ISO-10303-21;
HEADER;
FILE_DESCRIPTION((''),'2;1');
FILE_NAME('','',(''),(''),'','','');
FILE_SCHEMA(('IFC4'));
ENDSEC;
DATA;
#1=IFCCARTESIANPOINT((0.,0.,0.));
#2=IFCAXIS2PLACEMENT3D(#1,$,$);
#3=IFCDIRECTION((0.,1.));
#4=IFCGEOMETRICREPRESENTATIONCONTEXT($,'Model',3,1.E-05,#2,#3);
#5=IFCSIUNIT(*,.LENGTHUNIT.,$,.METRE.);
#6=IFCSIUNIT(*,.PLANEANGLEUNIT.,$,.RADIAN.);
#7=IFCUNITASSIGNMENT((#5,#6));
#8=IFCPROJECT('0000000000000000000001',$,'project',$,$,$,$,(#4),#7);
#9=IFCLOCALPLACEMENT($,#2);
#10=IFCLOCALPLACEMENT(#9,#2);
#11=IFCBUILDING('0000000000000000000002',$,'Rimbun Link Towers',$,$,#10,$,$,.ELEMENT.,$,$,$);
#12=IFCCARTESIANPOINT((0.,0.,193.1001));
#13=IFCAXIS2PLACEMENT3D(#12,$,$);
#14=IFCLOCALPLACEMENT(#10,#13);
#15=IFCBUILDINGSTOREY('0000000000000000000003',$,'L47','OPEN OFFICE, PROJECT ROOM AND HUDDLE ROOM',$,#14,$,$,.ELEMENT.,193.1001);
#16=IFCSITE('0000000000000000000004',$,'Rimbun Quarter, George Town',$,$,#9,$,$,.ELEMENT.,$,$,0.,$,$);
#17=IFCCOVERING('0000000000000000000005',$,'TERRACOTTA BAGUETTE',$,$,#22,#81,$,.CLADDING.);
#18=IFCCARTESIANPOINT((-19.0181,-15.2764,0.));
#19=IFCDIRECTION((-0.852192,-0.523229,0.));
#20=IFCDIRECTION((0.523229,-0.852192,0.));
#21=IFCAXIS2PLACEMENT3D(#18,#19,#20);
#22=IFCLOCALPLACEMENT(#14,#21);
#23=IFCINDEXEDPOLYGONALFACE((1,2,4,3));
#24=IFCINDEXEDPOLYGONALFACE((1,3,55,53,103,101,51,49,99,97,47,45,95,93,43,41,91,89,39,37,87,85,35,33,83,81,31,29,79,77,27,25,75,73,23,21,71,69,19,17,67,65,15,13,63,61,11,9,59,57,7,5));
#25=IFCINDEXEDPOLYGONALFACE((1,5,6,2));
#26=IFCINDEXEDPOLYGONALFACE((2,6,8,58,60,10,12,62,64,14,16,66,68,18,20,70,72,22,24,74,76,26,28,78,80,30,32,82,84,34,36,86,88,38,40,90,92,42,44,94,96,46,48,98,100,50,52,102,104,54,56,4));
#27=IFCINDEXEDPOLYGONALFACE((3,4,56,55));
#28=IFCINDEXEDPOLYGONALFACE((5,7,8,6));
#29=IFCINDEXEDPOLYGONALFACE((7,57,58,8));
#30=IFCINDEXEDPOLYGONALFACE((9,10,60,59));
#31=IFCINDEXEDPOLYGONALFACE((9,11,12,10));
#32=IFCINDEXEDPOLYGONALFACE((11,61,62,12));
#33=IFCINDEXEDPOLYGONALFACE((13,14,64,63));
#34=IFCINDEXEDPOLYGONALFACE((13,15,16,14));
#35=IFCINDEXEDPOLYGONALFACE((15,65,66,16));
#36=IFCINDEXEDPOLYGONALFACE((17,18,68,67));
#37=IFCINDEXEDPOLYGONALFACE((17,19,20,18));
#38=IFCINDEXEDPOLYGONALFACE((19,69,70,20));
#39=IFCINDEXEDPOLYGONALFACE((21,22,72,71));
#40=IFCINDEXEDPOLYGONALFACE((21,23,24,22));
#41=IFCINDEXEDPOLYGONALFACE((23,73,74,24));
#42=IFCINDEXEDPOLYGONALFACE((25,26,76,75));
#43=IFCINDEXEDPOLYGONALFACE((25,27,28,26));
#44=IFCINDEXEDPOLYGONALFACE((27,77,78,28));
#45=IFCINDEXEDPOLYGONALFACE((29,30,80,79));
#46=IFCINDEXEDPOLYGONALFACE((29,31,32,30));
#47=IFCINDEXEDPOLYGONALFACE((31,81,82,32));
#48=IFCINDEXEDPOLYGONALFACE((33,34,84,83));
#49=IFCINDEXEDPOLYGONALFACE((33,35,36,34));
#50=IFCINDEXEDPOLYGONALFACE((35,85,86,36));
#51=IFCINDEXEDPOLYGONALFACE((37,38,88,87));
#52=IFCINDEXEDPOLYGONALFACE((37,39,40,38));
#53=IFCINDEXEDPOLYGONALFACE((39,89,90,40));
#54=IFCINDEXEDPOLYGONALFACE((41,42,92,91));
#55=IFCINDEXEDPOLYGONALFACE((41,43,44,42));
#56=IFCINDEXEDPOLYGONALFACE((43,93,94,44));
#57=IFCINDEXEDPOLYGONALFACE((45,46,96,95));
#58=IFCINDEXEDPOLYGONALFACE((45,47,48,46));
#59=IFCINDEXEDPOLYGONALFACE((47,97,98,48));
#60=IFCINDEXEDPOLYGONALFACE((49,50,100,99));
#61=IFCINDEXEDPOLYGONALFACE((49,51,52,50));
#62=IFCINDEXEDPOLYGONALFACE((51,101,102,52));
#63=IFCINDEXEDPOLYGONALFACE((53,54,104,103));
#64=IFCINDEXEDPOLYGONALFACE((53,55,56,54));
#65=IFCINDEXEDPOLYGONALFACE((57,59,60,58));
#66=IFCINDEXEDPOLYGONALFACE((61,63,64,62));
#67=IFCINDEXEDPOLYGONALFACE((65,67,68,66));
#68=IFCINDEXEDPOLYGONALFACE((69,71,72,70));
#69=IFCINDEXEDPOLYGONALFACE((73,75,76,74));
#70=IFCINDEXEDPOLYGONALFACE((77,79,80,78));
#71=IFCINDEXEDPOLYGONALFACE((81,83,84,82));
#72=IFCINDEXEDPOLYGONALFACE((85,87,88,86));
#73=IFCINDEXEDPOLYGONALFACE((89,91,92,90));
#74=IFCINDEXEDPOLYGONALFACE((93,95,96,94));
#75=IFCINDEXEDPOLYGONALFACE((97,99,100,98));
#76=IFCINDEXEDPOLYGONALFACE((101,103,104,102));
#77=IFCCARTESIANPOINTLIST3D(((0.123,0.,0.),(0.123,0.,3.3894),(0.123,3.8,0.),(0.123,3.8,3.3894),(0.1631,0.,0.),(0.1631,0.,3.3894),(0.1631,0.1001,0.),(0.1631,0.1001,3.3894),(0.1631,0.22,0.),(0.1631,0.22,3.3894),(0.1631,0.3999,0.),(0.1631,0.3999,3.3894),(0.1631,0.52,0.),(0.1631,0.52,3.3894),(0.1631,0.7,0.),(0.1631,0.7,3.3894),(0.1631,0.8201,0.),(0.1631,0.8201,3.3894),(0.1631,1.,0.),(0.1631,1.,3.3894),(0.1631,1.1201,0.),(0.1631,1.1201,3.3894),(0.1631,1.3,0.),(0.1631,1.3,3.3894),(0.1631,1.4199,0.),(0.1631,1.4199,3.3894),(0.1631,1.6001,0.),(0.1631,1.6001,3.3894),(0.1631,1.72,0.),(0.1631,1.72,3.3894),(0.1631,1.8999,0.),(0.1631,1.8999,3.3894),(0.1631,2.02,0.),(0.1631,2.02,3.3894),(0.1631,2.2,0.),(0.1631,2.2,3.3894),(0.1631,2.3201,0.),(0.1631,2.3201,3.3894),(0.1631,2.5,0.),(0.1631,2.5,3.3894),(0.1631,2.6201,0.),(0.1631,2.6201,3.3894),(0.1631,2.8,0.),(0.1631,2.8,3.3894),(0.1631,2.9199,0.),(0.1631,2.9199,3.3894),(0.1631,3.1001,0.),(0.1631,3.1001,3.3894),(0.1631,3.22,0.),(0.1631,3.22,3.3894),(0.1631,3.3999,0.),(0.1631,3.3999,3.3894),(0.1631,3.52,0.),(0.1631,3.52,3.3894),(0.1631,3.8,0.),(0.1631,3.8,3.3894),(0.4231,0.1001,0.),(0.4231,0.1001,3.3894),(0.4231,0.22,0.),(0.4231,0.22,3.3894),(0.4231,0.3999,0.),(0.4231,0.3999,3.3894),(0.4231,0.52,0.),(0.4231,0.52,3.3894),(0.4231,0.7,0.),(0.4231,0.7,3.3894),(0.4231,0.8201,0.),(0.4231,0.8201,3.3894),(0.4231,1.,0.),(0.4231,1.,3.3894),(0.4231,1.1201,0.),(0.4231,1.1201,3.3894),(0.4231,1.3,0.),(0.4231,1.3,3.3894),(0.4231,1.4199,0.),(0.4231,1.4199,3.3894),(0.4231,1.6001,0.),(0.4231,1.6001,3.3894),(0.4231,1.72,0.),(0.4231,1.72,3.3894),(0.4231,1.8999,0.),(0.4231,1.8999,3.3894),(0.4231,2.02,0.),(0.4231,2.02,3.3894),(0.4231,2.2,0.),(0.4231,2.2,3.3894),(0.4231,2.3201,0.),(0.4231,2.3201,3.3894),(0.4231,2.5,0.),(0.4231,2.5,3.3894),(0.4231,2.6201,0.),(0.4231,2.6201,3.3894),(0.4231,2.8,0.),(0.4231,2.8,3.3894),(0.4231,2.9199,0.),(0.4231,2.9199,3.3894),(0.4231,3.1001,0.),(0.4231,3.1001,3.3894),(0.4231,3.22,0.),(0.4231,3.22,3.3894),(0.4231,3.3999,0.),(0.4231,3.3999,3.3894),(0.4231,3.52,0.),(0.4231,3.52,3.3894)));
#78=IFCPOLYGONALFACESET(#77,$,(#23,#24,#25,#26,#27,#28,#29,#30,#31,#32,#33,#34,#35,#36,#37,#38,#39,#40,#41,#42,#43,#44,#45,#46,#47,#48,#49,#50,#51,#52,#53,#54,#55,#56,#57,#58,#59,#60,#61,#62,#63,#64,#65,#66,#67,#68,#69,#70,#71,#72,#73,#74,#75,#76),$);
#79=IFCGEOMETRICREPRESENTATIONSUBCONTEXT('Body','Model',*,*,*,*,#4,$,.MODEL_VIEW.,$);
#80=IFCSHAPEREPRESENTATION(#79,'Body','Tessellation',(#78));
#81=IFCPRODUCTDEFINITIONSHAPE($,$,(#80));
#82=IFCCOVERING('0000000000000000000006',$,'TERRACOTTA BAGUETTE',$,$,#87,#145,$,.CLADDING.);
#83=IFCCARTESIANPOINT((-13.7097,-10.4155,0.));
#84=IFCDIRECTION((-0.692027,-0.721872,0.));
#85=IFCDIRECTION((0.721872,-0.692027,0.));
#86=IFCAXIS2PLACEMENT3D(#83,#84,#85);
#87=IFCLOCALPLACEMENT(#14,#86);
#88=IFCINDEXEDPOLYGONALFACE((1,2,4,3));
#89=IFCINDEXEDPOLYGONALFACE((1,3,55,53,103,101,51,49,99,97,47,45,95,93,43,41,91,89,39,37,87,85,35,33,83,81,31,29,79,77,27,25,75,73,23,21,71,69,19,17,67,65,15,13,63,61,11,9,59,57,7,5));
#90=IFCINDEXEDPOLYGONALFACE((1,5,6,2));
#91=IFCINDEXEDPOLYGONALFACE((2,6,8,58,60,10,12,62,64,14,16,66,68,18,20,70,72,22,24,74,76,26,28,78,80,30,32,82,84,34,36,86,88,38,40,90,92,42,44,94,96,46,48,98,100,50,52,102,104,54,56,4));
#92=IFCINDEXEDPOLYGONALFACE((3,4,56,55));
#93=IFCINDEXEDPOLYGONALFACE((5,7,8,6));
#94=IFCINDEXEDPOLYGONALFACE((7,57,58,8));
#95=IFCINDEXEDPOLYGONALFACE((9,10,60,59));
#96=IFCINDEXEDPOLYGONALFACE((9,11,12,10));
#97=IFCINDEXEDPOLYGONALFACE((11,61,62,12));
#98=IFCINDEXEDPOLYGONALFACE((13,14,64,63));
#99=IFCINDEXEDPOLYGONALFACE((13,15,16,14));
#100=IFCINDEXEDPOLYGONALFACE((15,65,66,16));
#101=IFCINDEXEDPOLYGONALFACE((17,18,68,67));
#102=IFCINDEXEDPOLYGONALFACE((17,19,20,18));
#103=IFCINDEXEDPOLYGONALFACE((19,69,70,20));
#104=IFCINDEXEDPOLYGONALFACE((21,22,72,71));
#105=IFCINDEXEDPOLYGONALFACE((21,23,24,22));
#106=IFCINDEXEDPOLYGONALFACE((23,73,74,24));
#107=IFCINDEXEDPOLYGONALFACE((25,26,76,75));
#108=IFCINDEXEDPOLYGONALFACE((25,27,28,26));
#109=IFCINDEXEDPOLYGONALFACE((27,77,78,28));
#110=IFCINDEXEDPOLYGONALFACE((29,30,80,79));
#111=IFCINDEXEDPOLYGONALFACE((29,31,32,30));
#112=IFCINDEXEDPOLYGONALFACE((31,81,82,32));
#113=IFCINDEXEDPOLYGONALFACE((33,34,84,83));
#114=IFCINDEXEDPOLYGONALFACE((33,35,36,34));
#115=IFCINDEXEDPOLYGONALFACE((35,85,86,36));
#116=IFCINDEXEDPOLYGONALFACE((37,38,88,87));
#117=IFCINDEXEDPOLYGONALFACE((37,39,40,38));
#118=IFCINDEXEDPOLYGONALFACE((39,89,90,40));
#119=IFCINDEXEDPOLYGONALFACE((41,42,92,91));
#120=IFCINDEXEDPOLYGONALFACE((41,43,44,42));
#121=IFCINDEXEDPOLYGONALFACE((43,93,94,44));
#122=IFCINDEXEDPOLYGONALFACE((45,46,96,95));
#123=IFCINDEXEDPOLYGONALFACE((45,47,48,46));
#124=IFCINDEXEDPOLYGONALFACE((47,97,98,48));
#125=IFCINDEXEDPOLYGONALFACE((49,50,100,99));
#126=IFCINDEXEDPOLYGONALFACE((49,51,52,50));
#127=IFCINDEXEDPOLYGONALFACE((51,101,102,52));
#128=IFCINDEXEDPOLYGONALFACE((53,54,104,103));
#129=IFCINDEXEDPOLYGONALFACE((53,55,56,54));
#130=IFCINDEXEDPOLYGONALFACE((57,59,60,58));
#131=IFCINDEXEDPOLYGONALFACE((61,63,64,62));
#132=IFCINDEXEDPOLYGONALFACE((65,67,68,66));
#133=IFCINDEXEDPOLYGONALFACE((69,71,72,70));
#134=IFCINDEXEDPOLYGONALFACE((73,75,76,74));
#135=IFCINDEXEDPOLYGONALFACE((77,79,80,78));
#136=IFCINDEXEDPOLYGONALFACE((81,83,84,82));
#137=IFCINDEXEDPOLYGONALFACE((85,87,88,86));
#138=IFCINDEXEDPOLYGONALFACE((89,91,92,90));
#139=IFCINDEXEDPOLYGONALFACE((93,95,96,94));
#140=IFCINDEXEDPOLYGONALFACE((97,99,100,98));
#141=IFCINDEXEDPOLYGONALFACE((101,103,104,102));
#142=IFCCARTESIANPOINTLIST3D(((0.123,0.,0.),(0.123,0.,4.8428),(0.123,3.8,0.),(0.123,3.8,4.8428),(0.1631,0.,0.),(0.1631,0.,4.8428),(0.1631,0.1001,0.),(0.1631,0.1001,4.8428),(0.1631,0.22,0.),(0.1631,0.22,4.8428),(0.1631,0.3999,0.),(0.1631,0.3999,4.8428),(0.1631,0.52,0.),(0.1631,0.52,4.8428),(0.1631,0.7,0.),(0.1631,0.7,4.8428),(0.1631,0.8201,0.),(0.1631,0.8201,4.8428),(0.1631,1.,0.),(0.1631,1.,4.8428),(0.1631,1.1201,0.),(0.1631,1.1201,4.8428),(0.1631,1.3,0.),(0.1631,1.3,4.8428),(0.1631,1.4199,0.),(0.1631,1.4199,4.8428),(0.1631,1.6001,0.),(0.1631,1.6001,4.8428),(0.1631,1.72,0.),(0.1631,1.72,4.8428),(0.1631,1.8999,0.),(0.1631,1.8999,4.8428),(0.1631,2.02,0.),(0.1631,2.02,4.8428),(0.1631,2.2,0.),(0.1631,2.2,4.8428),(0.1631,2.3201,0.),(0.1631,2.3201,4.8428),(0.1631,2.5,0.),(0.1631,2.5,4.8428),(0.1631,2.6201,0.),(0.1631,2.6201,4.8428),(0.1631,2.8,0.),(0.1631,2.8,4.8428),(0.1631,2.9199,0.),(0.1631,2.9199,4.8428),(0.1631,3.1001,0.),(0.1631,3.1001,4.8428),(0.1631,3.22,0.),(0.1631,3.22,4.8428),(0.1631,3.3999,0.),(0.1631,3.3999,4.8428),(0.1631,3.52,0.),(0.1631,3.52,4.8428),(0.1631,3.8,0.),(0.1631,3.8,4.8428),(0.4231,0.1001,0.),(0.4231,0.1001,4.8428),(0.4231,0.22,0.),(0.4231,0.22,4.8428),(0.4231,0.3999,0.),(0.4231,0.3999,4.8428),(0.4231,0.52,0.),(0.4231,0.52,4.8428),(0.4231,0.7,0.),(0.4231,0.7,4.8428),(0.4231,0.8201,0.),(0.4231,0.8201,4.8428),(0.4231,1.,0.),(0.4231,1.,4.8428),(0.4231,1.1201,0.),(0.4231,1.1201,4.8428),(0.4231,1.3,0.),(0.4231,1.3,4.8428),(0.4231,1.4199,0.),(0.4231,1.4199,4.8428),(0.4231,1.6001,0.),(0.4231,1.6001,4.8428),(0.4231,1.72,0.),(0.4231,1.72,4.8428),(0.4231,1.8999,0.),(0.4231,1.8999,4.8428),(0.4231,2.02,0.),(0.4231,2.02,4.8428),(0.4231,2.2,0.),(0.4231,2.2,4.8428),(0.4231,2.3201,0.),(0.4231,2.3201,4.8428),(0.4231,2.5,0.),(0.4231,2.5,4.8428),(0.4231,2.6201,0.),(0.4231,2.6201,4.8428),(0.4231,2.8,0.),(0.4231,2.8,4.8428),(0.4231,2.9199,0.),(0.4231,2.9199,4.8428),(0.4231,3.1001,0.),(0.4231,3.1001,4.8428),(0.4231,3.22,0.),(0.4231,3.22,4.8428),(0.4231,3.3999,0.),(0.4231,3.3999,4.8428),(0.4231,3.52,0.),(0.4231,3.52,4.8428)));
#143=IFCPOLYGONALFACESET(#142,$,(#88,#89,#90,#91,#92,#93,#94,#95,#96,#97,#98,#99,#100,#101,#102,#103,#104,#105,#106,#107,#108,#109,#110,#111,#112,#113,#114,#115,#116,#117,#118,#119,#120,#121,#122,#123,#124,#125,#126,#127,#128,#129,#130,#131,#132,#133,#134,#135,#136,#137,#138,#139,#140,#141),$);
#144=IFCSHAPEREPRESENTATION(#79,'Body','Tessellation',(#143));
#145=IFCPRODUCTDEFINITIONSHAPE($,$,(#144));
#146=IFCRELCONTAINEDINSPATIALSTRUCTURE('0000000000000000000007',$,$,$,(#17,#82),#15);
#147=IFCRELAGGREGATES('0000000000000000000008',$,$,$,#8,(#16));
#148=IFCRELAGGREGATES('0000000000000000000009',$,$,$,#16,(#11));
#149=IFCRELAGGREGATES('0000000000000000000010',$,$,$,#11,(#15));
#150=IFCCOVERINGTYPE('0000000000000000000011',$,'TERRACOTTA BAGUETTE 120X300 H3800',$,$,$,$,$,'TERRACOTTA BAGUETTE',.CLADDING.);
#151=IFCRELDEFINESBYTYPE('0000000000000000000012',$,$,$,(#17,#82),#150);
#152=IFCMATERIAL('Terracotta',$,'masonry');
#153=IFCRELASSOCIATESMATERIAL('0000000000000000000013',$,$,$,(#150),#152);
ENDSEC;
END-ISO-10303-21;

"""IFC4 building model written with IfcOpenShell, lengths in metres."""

from ifc_helpers import new_model, si_unit, direction, frame, origin, place, context, subcontext, project, spatial, polyline, outline, extrude, material, material_profile, profile_set, type_object, element, save


model = new_model("IFC4")

# Units and contexts
model_context = context("Model", 3, precision=1e-05, world=origin(), true_north=direction((0.0, 1.0)))
body_context = subcontext(model_context, "Body", "Model", "MODEL_VIEW")
ifc_project = project(units=[si_unit("LENGTHUNIT", "METRE"), si_unit("PLANEANGLEUNIT", "RADIAN")], contexts=[model_context])

# Site, building, storey
site_placement = place(None, origin())
site = spatial("IfcSite", under=ifc_project, at=site_placement, Name="Rimbun Quarter, George Town", CompositionType="ELEMENT", RefElevation=0.0)
building_placement = place(site_placement, origin())
building = spatial("IfcBuilding", under=site, at=building_placement, Name="Rimbun Link Towers", CompositionType="ELEMENT")
storey_placement = place(building_placement, frame((0.0, 0.0, 193.1001)))
storey = spatial("IfcBuildingStorey", under=building, at=storey_placement, Name="L47", Description="OPEN OFFICE, PROJECT ROOM AND HUDDLE ROOM", CompositionType="ELEMENT", Elevation=193.1001)

# Coverings
ifc_material_1 = material(Name="Terracotta", Category="masonry")
ifc_material_profile_1 = material_profile(ifc_material_1, outline(polyline([(0.123, 0.0), (0.1631, 0.0), (0.1631, 0.1001), (0.4231, 0.1001), (0.4231, 0.22), (0.1631, 0.22), (0.1631, 0.3999), (0.4231, 0.3999), (0.4231, 0.52), (0.1631, 0.52), (0.1631, 0.7), (0.4231, 0.7), (0.4231, 0.8201), (0.1631, 0.8201), (0.1631, 1.0), (0.4231, 1.0), (0.4231, 1.1201), (0.1631, 1.1201), (0.1631, 1.3), (0.4231, 1.3), (0.4231, 1.4199), (0.1631, 1.4199), (0.1631, 1.6001), (0.4231, 1.6001), (0.4231, 1.72), (0.1631, 1.72), (0.1631, 1.8999), (0.4231, 1.8999), (0.4231, 2.02), (0.1631, 2.02), (0.1631, 2.2), (0.4231, 2.2), (0.4231, 2.3201), (0.1631, 2.3201), (0.1631, 2.5), (0.4231, 2.5), (0.4231, 2.6201), (0.1631, 2.6201), (0.1631, 2.8), (0.4231, 2.8), (0.4231, 2.9199), (0.1631, 2.9199), (0.1631, 3.1001), (0.4231, 3.1001), (0.4231, 3.22), (0.1631, 3.22), (0.1631, 3.3999), (0.4231, 3.3999), (0.4231, 3.52), (0.1631, 3.52), (0.1631, 3.8), (0.123, 3.8), (0.123, 0.0)])), Name="BAGUETTE 120X300")
ifc_profile_set_1 = profile_set([ifc_material_profile_1], Name="Terracotta")
covering_type = type_object("IfcCoveringType", Name="TERRACOTTA BAGUETTE 120X300 H3800", ElementType="TERRACOTTA BAGUETTE", PredefinedType="CLADDING", material=ifc_profile_set_1)
covering_1_placement = place(storey_placement, frame((-19.0181, -15.2764, 0.0), z_axis=(-0.852192, -0.523229, 0.0), x_axis=(0.523229, -0.852192, 0.0)))
element("IfcCovering", 1, at=covering_1_placement, inside=storey, type_object=covering_type, Name="TERRACOTTA BAGUETTE", PredefinedType="CLADDING", context=body_context, shape_type="SweptSolid", body=[
    extrude(outline(polyline([(0.123, 0.0), (0.1631, 0.0), (0.1631, 0.1001), (0.4231, 0.1001), (0.4231, 0.22), (0.1631, 0.22), (0.1631, 0.3999), (0.4231, 0.3999), (0.4231, 0.52), (0.1631, 0.52), (0.1631, 0.7), (0.4231, 0.7), (0.4231, 0.8201), (0.1631, 0.8201), (0.1631, 1.0), (0.4231, 1.0), (0.4231, 1.1201), (0.1631, 1.1201), (0.1631, 1.3), (0.4231, 1.3), (0.4231, 1.4199), (0.1631, 1.4199), (0.1631, 1.6001), (0.4231, 1.6001), (0.4231, 1.72), (0.1631, 1.72), (0.1631, 1.8999), (0.4231, 1.8999), (0.4231, 2.02), (0.1631, 2.02), (0.1631, 2.2), (0.4231, 2.2), (0.4231, 2.3201), (0.1631, 2.3201), (0.1631, 2.5), (0.4231, 2.5), (0.4231, 2.6201), (0.1631, 2.6201), (0.1631, 2.8), (0.4231, 2.8), (0.4231, 2.9199), (0.1631, 2.9199), (0.1631, 3.1001), (0.4231, 3.1001), (0.4231, 3.22), (0.1631, 3.22), (0.1631, 3.3999), (0.4231, 3.3999), (0.4231, 3.52), (0.1631, 3.52), (0.1631, 3.8), (0.123, 3.8), (0.123, 0.0)])), origin(), (0.0, 0.0, 1.0), 3.3894),
])
covering_2_placement = place(storey_placement, frame((-13.7097, -10.4155, 0.0), z_axis=(-0.692027, -0.721872, 0.0), x_axis=(0.721872, -0.692027, 0.0)))
element("IfcCovering", 2, at=covering_2_placement, inside=storey, type_object=covering_type, Name="TERRACOTTA BAGUETTE", PredefinedType="CLADDING", context=body_context, shape_type="SweptSolid", body=[
    extrude(outline(polyline([(0.123, 0.0), (0.1631, 0.0), (0.1631, 0.1001), (0.4231, 0.1001), (0.4231, 0.22), (0.1631, 0.22), (0.1631, 0.3999), (0.4231, 0.3999), (0.4231, 0.52), (0.1631, 0.52), (0.1631, 0.7), (0.4231, 0.7), (0.4231, 0.8201), (0.1631, 0.8201), (0.1631, 1.0), (0.4231, 1.0), (0.4231, 1.1201), (0.1631, 1.1201), (0.1631, 1.3), (0.4231, 1.3), (0.4231, 1.4199), (0.1631, 1.4199), (0.1631, 1.6001), (0.4231, 1.6001), (0.4231, 1.72), (0.1631, 1.72), (0.1631, 1.8999), (0.4231, 1.8999), (0.4231, 2.02), (0.1631, 2.02), (0.1631, 2.2), (0.4231, 2.2), (0.4231, 2.3201), (0.1631, 2.3201), (0.1631, 2.5), (0.4231, 2.5), (0.4231, 2.6201), (0.1631, 2.6201), (0.1631, 2.8), (0.4231, 2.8), (0.4231, 2.9199), (0.1631, 2.9199), (0.1631, 3.1001), (0.4231, 3.1001), (0.4231, 3.22), (0.1631, 3.22), (0.1631, 3.3999), (0.4231, 3.3999), (0.4231, 3.52), (0.1631, 3.52), (0.1631, 3.8), (0.123, 3.8), (0.123, 0.0)])), origin(), (0.0, 0.0, 1.0), 4.8428),
])

save(model, "model.ifc")
